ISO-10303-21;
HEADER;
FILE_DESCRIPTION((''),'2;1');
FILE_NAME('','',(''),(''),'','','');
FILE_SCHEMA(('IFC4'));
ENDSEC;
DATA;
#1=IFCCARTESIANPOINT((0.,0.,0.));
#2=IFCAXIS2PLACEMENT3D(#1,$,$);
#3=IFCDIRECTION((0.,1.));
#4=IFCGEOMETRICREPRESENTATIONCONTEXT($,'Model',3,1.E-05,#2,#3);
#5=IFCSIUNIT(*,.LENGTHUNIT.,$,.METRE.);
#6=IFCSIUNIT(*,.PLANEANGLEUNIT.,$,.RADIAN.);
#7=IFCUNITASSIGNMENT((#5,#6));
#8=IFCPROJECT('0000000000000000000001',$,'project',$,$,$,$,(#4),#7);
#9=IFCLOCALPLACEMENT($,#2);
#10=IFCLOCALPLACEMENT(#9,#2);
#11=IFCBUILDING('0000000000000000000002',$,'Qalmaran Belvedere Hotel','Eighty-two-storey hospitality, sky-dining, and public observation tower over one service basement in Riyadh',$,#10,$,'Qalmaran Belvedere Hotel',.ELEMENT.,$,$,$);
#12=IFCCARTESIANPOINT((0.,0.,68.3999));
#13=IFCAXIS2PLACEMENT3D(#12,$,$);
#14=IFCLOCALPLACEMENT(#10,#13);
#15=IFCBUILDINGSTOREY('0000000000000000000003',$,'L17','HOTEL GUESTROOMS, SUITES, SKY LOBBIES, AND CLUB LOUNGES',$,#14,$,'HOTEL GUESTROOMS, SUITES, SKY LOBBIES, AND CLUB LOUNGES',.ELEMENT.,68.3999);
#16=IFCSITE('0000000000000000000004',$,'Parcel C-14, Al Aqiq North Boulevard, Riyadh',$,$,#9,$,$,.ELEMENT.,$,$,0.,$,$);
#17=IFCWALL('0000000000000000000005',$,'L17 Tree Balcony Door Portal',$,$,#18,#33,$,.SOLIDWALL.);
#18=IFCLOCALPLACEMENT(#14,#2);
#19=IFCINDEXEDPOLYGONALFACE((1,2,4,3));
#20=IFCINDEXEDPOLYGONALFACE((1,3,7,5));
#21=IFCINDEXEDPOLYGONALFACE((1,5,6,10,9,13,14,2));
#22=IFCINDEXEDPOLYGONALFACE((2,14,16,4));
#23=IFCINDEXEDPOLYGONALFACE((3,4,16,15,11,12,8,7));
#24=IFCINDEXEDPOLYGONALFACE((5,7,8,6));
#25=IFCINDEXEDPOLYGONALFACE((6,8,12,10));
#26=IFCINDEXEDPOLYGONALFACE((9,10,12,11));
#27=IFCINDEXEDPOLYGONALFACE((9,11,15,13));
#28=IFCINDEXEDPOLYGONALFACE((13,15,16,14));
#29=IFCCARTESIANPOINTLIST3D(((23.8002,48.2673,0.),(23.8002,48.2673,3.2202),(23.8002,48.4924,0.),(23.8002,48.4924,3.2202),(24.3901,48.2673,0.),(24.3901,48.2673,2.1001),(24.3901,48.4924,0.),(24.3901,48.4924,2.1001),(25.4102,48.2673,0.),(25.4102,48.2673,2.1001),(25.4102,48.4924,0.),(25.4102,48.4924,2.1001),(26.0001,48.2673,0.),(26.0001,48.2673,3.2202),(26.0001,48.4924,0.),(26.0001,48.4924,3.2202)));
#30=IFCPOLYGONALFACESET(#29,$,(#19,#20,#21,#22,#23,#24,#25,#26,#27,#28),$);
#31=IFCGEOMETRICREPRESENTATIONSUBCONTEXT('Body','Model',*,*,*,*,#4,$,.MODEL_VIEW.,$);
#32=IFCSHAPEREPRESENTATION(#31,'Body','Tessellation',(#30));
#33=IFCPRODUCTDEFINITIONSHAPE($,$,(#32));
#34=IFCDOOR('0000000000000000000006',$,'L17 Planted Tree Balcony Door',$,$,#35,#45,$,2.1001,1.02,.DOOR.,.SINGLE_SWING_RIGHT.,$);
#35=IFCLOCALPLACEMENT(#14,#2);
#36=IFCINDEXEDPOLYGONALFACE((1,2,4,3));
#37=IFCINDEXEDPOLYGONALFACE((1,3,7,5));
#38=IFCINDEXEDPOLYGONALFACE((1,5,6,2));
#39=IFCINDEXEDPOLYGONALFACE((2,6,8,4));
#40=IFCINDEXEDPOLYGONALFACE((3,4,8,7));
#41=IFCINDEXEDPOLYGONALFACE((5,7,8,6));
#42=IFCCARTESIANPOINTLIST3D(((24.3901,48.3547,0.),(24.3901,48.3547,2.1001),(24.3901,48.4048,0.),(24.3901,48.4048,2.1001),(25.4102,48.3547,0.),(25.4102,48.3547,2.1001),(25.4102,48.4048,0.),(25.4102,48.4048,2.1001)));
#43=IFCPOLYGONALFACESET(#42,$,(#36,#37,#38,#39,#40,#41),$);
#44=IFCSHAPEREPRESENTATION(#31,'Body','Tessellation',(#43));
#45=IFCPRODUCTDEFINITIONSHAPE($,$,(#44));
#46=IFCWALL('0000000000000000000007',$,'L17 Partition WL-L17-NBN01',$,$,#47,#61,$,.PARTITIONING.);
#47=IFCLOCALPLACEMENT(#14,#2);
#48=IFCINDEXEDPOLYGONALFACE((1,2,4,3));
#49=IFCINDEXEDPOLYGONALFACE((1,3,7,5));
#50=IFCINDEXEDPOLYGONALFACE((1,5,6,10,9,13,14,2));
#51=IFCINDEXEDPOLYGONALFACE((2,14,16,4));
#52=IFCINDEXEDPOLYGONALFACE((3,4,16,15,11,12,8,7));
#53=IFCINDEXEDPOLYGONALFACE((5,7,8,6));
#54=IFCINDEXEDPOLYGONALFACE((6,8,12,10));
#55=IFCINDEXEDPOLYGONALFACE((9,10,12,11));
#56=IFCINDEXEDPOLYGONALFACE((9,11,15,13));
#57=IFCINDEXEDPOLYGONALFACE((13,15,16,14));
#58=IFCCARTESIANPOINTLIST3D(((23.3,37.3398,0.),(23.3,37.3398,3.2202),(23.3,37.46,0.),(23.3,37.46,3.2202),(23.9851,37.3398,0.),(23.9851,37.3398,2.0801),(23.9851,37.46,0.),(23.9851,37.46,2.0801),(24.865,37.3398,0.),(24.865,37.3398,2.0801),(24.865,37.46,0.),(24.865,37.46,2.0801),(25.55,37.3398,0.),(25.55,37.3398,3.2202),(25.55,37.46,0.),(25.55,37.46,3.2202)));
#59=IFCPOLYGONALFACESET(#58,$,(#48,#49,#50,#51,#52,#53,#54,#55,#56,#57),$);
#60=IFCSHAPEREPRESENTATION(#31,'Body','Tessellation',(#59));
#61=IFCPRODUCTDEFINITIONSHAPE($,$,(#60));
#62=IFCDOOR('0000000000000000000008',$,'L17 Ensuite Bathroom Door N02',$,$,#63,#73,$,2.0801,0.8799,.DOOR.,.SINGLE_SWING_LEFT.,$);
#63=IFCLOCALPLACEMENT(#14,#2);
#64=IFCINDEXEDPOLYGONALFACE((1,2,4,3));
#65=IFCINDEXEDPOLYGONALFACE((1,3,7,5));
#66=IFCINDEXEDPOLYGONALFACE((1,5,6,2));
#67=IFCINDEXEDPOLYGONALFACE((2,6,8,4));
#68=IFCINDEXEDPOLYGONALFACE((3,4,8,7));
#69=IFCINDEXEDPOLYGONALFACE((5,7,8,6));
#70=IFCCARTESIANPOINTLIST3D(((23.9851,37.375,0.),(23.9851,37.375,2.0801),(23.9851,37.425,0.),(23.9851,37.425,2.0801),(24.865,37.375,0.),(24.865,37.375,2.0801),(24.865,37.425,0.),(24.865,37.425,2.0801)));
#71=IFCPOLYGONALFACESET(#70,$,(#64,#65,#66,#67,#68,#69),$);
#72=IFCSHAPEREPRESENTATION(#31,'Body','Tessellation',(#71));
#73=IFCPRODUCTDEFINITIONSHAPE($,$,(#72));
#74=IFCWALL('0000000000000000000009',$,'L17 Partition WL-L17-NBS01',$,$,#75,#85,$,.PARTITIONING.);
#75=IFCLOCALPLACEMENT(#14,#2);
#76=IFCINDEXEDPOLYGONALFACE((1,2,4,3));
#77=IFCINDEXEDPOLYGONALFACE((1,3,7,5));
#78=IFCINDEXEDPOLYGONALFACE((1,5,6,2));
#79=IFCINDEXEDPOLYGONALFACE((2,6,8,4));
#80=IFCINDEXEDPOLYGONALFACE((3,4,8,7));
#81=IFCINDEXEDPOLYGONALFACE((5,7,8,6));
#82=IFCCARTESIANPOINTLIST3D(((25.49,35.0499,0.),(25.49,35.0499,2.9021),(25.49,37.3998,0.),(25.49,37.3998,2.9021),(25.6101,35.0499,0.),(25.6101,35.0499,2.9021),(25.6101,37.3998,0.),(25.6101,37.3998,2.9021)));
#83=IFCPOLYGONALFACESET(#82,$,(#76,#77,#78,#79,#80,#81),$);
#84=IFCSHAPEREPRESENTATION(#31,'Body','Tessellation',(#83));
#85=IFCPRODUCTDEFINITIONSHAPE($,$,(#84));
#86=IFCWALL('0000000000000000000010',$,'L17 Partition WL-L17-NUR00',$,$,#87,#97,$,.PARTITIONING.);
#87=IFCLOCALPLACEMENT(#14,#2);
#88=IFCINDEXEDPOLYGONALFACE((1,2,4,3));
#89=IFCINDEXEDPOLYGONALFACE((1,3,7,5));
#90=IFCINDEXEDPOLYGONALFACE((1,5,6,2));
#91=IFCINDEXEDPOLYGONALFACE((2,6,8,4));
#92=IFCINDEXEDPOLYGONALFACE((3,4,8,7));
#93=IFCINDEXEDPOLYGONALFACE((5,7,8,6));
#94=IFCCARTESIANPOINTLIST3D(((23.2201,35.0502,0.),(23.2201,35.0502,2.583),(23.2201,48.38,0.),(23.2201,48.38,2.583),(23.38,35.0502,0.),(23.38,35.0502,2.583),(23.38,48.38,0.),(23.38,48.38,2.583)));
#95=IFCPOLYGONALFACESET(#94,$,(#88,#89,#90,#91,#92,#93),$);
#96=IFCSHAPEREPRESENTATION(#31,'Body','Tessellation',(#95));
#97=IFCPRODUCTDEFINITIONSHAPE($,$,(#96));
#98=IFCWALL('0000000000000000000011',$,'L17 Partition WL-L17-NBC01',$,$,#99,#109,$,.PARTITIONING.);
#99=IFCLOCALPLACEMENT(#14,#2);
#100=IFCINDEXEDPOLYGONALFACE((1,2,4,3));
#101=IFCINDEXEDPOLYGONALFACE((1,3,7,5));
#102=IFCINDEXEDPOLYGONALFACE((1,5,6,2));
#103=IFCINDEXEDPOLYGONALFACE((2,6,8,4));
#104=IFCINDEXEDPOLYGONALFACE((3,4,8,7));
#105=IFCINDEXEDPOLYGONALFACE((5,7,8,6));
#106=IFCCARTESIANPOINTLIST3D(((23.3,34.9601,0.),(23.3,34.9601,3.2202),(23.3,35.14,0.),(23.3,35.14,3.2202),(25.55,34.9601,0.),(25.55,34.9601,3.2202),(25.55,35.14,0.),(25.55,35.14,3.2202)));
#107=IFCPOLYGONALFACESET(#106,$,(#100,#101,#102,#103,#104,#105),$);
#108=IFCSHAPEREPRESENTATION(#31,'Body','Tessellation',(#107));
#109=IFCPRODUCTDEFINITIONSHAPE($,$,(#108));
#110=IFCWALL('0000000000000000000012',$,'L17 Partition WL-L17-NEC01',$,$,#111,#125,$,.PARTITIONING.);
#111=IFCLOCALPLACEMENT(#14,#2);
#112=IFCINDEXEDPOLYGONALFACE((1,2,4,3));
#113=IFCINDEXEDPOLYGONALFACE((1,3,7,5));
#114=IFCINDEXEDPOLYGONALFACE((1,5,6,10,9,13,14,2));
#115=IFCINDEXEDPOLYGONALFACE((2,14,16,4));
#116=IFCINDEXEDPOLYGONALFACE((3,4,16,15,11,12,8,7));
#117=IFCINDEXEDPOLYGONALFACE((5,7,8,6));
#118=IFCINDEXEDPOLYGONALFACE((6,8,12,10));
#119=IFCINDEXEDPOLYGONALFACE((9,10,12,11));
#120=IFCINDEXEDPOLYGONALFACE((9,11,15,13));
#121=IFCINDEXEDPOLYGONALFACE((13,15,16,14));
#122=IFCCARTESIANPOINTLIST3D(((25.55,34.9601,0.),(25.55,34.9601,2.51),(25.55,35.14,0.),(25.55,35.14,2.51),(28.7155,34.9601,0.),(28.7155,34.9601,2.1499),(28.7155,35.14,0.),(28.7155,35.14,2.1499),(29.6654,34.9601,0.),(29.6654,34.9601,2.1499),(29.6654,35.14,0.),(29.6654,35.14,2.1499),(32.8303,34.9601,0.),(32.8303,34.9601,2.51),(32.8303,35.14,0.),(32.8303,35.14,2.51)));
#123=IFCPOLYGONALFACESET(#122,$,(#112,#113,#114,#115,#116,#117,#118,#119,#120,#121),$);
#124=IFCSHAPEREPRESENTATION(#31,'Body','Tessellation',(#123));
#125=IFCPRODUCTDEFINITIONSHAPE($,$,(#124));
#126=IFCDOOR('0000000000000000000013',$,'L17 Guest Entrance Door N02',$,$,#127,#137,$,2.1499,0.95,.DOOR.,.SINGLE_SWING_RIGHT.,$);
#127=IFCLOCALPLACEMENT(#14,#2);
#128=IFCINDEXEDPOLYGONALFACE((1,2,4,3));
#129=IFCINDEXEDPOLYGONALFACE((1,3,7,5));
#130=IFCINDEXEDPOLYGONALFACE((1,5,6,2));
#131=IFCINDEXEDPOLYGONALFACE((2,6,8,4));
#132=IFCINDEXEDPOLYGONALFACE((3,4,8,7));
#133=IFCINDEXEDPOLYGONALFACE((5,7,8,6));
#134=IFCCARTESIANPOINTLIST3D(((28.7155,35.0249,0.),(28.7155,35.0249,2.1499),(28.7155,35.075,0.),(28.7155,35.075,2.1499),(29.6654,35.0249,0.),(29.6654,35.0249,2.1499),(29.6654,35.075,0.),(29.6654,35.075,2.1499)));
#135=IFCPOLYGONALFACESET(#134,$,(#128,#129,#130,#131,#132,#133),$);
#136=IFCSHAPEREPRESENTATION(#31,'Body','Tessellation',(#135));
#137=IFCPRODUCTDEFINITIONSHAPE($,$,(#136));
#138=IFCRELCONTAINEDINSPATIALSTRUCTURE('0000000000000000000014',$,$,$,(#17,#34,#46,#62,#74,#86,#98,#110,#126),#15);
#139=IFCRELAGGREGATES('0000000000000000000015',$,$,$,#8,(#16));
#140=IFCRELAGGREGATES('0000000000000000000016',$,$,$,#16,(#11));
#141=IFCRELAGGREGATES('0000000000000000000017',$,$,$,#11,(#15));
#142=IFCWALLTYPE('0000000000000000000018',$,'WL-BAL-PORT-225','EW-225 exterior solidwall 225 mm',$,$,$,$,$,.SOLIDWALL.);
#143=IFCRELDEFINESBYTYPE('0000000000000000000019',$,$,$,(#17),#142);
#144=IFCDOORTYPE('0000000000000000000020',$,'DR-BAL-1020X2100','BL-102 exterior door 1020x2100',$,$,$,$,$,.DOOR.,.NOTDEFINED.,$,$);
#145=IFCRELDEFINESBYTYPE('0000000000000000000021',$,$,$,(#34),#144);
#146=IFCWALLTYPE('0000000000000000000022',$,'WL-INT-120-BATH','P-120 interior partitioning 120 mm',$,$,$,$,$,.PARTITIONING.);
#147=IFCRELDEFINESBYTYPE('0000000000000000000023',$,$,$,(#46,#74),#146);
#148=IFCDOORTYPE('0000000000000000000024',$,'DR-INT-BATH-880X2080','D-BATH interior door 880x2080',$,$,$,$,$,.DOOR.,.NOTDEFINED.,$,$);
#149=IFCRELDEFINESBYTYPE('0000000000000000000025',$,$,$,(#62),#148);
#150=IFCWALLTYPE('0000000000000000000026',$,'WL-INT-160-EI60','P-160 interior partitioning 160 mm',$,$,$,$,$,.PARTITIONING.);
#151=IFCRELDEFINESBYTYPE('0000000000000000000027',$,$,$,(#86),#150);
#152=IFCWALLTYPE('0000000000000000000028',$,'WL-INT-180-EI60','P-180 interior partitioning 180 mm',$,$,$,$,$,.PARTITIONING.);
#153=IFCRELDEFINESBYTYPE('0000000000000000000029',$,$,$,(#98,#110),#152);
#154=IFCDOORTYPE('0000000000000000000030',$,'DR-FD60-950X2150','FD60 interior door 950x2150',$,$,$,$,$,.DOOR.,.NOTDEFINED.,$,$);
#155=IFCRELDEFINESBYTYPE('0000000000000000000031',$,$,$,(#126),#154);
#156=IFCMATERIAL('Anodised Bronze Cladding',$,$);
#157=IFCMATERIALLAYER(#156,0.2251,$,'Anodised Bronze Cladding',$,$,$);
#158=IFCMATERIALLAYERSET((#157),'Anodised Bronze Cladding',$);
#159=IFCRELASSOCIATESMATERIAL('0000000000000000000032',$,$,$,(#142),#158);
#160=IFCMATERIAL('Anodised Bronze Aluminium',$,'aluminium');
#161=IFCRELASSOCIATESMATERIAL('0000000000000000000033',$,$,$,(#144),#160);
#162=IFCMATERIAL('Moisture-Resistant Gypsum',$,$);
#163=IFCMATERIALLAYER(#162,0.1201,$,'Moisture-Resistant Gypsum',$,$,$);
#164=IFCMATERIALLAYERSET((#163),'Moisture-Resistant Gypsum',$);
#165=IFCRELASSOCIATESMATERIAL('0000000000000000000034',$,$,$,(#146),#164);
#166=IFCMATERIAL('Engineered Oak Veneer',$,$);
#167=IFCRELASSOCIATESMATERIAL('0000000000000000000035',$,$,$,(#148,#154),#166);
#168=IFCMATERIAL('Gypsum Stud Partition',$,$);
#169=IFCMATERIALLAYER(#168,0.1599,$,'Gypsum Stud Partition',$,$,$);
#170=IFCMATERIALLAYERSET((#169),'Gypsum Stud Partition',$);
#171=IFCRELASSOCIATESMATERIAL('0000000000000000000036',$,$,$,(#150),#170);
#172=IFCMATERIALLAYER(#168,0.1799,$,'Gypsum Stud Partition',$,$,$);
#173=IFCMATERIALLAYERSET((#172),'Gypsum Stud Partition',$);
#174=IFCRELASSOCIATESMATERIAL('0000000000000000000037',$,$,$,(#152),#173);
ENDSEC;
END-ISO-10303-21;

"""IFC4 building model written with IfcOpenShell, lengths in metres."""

from ifc_helpers import new_model, si_unit, direction, frame, frame_2d, origin, place, context, subcontext, project, spatial, rectangle, extrude, material, layer, layer_set, type_object, element, fill, save


model = new_model("IFC4")

# Units and contexts
model_context = context("Model", 3, precision=1e-05, world=origin(), true_north=direction((0.0, 1.0)))
body_context = subcontext(model_context, "Body", "Model", "MODEL_VIEW")
ifc_project = project(units=[si_unit("LENGTHUNIT", "METRE"), si_unit("PLANEANGLEUNIT", "RADIAN")], contexts=[model_context])

# Site, building, storey
site_placement = place(None, origin())
site = spatial("IfcSite", under=ifc_project, at=site_placement, Name="Parcel C-14, Al Aqiq North Boulevard, Riyadh", CompositionType="ELEMENT", RefElevation=0.0)
building_placement = place(site_placement, origin())
building = spatial("IfcBuilding", under=site, at=building_placement, Name="Qalmaran Belvedere Hotel", Description="Eighty-two-storey hospitality, sky-dining, and public observation tower over one service basement in Riyadh", LongName="Qalmaran Belvedere Hotel", CompositionType="ELEMENT")
storey_placement = place(building_placement, frame((0.0, 0.0, 68.3999)))
storey = spatial("IfcBuildingStorey", under=building, at=storey_placement, Name="L17", Description="HOTEL GUESTROOMS, SUITES, SKY LOBBIES, AND CLUB LOUNGES", LongName="HOTEL GUESTROOMS, SUITES, SKY LOBBIES, AND CLUB LOUNGES", CompositionType="ELEMENT", Elevation=68.3999)

# Shared definitions
ifc_material_1 = material(Name="Anodised Bronze Aluminium", Category="aluminium")

# Walls, openings, doors
ifc_material_2 = material(Name="Anodised Bronze Cladding")
ifc_layer_1 = layer(ifc_material_2, 0.2251, Name="Anodised Bronze Cladding")
ifc_layer_set_1 = layer_set([ifc_layer_1], Name="Anodised Bronze Cladding")
wall_type_1 = type_object("IfcWallType", Name="WL-BAL-PORT-225", Description="EW-225 exterior solidwall 225 mm", PredefinedType="SOLIDWALL", material=ifc_layer_set_1)
wall_1_placement = place(storey_placement, frame((23.8, 48.3799, 0.0), z_axis=(0.0, 0.0, 1.0), x_axis=(1.0, 0.0, 0.0)))
wall_1 = element("IfcWall", 1, at=wall_1_placement, inside=storey, type_object=wall_type_1, Name="L17 Tree Balcony Door Portal", PredefinedType="SOLIDWALL", context=body_context, shape_type="SweptSolid", body=[
    extrude(rectangle(XDim=2.2, YDim=0.2251, at=frame_2d((1.1001, 0.0))), origin(), (0.0, 0.0, 1.0), 3.2202),
])
opening_1_placement = place(wall_1_placement, frame((0.5901, 0.0, 0.0)))
opening_1 = element("IfcOpeningElement", 2, at=opening_1_placement, cuts=wall_1, PredefinedType="OPENING", context=body_context, shape_type="SweptSolid", body=[
    extrude(rectangle(XDim=1.02, YDim=2.1001, at=frame_2d((0.51, 1.05))), frame((0.0, 0.1226, 0.0), z_axis=(0.0, -1.0, 0.0), x_axis=(1.0, 0.0, 0.0)), (0.0, 0.0, 1.0), 0.2451),
])
door_type_1 = type_object("IfcDoorType", Name="DR-BAL-1020X2100", Description="BL-102 exterior door 1020x2100", OperationType="NOTDEFINED", PredefinedType="DOOR", material=ifc_material_1)
door_1_placement = place(opening_1_placement, origin())
door_1 = element("IfcDoor", 3, at=door_1_placement, inside=storey, type_object=door_type_1, Name="L17 Planted Tree Balcony Door", OperationType="SINGLE_SWING_RIGHT", OverallHeight=2.1001, OverallWidth=1.02, PredefinedType="DOOR", context=body_context, shape_type="SweptSolid", body=[
    extrude(rectangle(XDim=1.02, YDim=2.1001, at=frame_2d((0.51, 1.05))), frame((0.0, 0.0249, 0.0), z_axis=(0.0, -1.0, 0.0), x_axis=(1.0, 0.0, 0.0)), (0.0, 0.0, 1.0), 0.05),
])
fill(opening_1, door_1)
ifc_material_3 = material(Name="Moisture-Resistant Gypsum")
ifc_layer_2 = layer(ifc_material_3, 0.1201, Name="Moisture-Resistant Gypsum")
ifc_layer_set_2 = layer_set([ifc_layer_2], Name="Moisture-Resistant Gypsum")
wall_type_2 = type_object("IfcWallType", Name="WL-INT-120-BATH", Description="P-120 interior partitioning 120 mm", PredefinedType="PARTITIONING", material=ifc_layer_set_2)
wall_2_placement = place(storey_placement, frame((23.3, 37.3999, 0.0), z_axis=(0.0, 0.0, 1.0), x_axis=(1.0, 0.0, 0.0)))
wall_2 = element("IfcWall", 4, at=wall_2_placement, inside=storey, type_object=wall_type_2, Name="L17 Partition WL-L17-NBN01", PredefinedType="PARTITIONING", context=body_context, shape_type="SweptSolid", body=[
    extrude(rectangle(XDim=2.25, YDim=0.1201, at=frame_2d((1.125, 0.0))), origin(), (0.0, 0.0, 1.0), 3.2202),
])
opening_2_placement = place(wall_2_placement, frame((1.5649, 0.0, 0.0), z_axis=(0.0, 0.0, 1.0), x_axis=(-1.0, 0.0, 0.0)))
opening_2 = element("IfcOpeningElement", 5, at=opening_2_placement, cuts=wall_2, PredefinedType="OPENING", context=body_context, shape_type="SweptSolid", body=[
    extrude(rectangle(XDim=0.8799, YDim=2.0801, at=frame_2d((0.4399, 1.04))), frame((0.0, 0.0701, 0.0), z_axis=(0.0, -1.0, 0.0), x_axis=(1.0, 0.0, 0.0)), (0.0, 0.0, 1.0), 0.1401),
])
ifc_material_4 = material(Name="Engineered Oak Veneer")
door_type_2 = type_object("IfcDoorType", Name="DR-INT-BATH-880X2080", Description="D-BATH interior door 880x2080", OperationType="NOTDEFINED", PredefinedType="DOOR", material=ifc_material_4)
door_2_placement = place(opening_2_placement, origin())
door_2 = element("IfcDoor", 6, at=door_2_placement, inside=storey, type_object=door_type_2, Name="L17 Ensuite Bathroom Door N02", OperationType="SINGLE_SWING_LEFT", OverallHeight=2.0801, OverallWidth=0.8799, PredefinedType="DOOR", context=body_context, shape_type="SweptSolid", body=[
    extrude(rectangle(XDim=0.8799, YDim=2.0801, at=frame_2d((0.4399, 1.04))), frame((0.0, 0.0249, 0.0), z_axis=(0.0, -1.0, 0.0), x_axis=(1.0, 0.0, 0.0)), (0.0, 0.0, 1.0), 0.05),
])
fill(opening_2, door_2)

# Walls
wall_3_placement = place(storey_placement, frame((25.55, 35.05, 0.0), z_axis=(0.0, 0.0, 1.0), x_axis=(0.0, 1.0, 0.0)))
element("IfcWall", 7, at=wall_3_placement, inside=storey, type_object=wall_type_2, Name="L17 Partition WL-L17-NBS01", PredefinedType="PARTITIONING", context=body_context, shape_type="SweptSolid", body=[
    extrude(rectangle(XDim=2.3499, YDim=0.1201, at=frame_2d((1.1748, 0.0))), origin(), (0.0, 0.0, 1.0), 2.9021),
])
ifc_material_5 = material(Name="Gypsum Stud Partition")
ifc_layer_3 = layer(ifc_material_5, 0.1599, Name="Gypsum Stud Partition")
ifc_layer_set_3 = layer_set([ifc_layer_3], Name="Gypsum Stud Partition")
wall_type_3 = type_object("IfcWallType", Name="WL-INT-160-EI60", Description="P-160 interior partitioning 160 mm", PredefinedType="PARTITIONING", material=ifc_layer_set_3)
wall_4_placement = place(storey_placement, frame((23.3, 35.05, 0.0), z_axis=(0.0, 0.0, 1.0), x_axis=(0.0, 1.0, 0.0)))
element("IfcWall", 8, at=wall_4_placement, inside=storey, type_object=wall_type_3, Name="L17 Partition WL-L17-NUR00", PredefinedType="PARTITIONING", context=body_context, shape_type="SweptSolid", body=[
    extrude(rectangle(XDim=13.3298, YDim=0.1599, at=frame_2d((6.665, 0.0))), origin(), (0.0, 0.0, 1.0), 2.583),
])
ifc_layer_4 = layer(ifc_material_5, 0.1799, Name="Gypsum Stud Partition")
ifc_layer_set_4 = layer_set([ifc_layer_4], Name="Gypsum Stud Partition")
wall_type_4 = type_object("IfcWallType", Name="WL-INT-180-EI60", Description="P-180 interior partitioning 180 mm", PredefinedType="PARTITIONING", material=ifc_layer_set_4)
wall_5_placement = place(storey_placement, frame((23.3, 35.05, 0.0), z_axis=(0.0, 0.0, 1.0), x_axis=(1.0, 0.0, 0.0)))
element("IfcWall", 9, at=wall_5_placement, inside=storey, type_object=wall_type_4, Name="L17 Partition WL-L17-NBC01", PredefinedType="PARTITIONING", context=body_context, shape_type="SweptSolid", body=[
    extrude(rectangle(XDim=2.25, YDim=0.1799, at=frame_2d((1.125, 0.0))), origin(), (0.0, 0.0, 1.0), 3.2202),
])

# Wall, opening, door
wall_6_placement = place(storey_placement, frame((25.55, 35.05, 0.0), z_axis=(0.0, 0.0, 1.0), x_axis=(1.0, 0.0, 0.0)))
wall_6 = element("IfcWall", 10, at=wall_6_placement, inside=storey, type_object=wall_type_4, Name="L17 Partition WL-L17-NEC01", PredefinedType="PARTITIONING", context=body_context, shape_type="SweptSolid", body=[
    extrude(rectangle(XDim=7.2803, YDim=0.1799, at=frame_2d((3.6401, 0.0))), origin(), (0.0, 0.0, 1.0), 2.51),
])
opening_3_placement = place(wall_6_placement, frame((3.1653, 0.0, 0.0)))
opening_3 = element("IfcOpeningElement", 11, at=opening_3_placement, cuts=wall_6, PredefinedType="OPENING", context=body_context, shape_type="SweptSolid", body=[
    extrude(rectangle(XDim=0.95, YDim=2.1499, at=frame_2d((0.4751, 1.075))), frame((0.0, 0.1001, 0.0), z_axis=(0.0, -1.0, 0.0), x_axis=(1.0, 0.0, 0.0)), (0.0, 0.0, 1.0), 0.2),
])
door_type_3 = type_object("IfcDoorType", Name="DR-FD60-950X2150", Description="FD60 interior door 950x2150", OperationType="NOTDEFINED", PredefinedType="DOOR", material=ifc_material_4)
door_3_placement = place(opening_3_placement, origin())
door_3 = element("IfcDoor", 12, at=door_3_placement, inside=storey, type_object=door_type_3, Name="L17 Guest Entrance Door N02", OperationType="SINGLE_SWING_RIGHT", OverallHeight=2.1499, OverallWidth=0.95, PredefinedType="DOOR", context=body_context, shape_type="SweptSolid", body=[
    extrude(rectangle(XDim=0.95, YDim=2.1499, at=frame_2d((0.4751, 1.075))), frame((0.0, 0.0249, 0.0), z_axis=(0.0, -1.0, 0.0), x_axis=(1.0, 0.0, 0.0)), (0.0, 0.0, 1.0), 0.05),
])
fill(opening_3, door_3)

save(model, "model.ifc")
